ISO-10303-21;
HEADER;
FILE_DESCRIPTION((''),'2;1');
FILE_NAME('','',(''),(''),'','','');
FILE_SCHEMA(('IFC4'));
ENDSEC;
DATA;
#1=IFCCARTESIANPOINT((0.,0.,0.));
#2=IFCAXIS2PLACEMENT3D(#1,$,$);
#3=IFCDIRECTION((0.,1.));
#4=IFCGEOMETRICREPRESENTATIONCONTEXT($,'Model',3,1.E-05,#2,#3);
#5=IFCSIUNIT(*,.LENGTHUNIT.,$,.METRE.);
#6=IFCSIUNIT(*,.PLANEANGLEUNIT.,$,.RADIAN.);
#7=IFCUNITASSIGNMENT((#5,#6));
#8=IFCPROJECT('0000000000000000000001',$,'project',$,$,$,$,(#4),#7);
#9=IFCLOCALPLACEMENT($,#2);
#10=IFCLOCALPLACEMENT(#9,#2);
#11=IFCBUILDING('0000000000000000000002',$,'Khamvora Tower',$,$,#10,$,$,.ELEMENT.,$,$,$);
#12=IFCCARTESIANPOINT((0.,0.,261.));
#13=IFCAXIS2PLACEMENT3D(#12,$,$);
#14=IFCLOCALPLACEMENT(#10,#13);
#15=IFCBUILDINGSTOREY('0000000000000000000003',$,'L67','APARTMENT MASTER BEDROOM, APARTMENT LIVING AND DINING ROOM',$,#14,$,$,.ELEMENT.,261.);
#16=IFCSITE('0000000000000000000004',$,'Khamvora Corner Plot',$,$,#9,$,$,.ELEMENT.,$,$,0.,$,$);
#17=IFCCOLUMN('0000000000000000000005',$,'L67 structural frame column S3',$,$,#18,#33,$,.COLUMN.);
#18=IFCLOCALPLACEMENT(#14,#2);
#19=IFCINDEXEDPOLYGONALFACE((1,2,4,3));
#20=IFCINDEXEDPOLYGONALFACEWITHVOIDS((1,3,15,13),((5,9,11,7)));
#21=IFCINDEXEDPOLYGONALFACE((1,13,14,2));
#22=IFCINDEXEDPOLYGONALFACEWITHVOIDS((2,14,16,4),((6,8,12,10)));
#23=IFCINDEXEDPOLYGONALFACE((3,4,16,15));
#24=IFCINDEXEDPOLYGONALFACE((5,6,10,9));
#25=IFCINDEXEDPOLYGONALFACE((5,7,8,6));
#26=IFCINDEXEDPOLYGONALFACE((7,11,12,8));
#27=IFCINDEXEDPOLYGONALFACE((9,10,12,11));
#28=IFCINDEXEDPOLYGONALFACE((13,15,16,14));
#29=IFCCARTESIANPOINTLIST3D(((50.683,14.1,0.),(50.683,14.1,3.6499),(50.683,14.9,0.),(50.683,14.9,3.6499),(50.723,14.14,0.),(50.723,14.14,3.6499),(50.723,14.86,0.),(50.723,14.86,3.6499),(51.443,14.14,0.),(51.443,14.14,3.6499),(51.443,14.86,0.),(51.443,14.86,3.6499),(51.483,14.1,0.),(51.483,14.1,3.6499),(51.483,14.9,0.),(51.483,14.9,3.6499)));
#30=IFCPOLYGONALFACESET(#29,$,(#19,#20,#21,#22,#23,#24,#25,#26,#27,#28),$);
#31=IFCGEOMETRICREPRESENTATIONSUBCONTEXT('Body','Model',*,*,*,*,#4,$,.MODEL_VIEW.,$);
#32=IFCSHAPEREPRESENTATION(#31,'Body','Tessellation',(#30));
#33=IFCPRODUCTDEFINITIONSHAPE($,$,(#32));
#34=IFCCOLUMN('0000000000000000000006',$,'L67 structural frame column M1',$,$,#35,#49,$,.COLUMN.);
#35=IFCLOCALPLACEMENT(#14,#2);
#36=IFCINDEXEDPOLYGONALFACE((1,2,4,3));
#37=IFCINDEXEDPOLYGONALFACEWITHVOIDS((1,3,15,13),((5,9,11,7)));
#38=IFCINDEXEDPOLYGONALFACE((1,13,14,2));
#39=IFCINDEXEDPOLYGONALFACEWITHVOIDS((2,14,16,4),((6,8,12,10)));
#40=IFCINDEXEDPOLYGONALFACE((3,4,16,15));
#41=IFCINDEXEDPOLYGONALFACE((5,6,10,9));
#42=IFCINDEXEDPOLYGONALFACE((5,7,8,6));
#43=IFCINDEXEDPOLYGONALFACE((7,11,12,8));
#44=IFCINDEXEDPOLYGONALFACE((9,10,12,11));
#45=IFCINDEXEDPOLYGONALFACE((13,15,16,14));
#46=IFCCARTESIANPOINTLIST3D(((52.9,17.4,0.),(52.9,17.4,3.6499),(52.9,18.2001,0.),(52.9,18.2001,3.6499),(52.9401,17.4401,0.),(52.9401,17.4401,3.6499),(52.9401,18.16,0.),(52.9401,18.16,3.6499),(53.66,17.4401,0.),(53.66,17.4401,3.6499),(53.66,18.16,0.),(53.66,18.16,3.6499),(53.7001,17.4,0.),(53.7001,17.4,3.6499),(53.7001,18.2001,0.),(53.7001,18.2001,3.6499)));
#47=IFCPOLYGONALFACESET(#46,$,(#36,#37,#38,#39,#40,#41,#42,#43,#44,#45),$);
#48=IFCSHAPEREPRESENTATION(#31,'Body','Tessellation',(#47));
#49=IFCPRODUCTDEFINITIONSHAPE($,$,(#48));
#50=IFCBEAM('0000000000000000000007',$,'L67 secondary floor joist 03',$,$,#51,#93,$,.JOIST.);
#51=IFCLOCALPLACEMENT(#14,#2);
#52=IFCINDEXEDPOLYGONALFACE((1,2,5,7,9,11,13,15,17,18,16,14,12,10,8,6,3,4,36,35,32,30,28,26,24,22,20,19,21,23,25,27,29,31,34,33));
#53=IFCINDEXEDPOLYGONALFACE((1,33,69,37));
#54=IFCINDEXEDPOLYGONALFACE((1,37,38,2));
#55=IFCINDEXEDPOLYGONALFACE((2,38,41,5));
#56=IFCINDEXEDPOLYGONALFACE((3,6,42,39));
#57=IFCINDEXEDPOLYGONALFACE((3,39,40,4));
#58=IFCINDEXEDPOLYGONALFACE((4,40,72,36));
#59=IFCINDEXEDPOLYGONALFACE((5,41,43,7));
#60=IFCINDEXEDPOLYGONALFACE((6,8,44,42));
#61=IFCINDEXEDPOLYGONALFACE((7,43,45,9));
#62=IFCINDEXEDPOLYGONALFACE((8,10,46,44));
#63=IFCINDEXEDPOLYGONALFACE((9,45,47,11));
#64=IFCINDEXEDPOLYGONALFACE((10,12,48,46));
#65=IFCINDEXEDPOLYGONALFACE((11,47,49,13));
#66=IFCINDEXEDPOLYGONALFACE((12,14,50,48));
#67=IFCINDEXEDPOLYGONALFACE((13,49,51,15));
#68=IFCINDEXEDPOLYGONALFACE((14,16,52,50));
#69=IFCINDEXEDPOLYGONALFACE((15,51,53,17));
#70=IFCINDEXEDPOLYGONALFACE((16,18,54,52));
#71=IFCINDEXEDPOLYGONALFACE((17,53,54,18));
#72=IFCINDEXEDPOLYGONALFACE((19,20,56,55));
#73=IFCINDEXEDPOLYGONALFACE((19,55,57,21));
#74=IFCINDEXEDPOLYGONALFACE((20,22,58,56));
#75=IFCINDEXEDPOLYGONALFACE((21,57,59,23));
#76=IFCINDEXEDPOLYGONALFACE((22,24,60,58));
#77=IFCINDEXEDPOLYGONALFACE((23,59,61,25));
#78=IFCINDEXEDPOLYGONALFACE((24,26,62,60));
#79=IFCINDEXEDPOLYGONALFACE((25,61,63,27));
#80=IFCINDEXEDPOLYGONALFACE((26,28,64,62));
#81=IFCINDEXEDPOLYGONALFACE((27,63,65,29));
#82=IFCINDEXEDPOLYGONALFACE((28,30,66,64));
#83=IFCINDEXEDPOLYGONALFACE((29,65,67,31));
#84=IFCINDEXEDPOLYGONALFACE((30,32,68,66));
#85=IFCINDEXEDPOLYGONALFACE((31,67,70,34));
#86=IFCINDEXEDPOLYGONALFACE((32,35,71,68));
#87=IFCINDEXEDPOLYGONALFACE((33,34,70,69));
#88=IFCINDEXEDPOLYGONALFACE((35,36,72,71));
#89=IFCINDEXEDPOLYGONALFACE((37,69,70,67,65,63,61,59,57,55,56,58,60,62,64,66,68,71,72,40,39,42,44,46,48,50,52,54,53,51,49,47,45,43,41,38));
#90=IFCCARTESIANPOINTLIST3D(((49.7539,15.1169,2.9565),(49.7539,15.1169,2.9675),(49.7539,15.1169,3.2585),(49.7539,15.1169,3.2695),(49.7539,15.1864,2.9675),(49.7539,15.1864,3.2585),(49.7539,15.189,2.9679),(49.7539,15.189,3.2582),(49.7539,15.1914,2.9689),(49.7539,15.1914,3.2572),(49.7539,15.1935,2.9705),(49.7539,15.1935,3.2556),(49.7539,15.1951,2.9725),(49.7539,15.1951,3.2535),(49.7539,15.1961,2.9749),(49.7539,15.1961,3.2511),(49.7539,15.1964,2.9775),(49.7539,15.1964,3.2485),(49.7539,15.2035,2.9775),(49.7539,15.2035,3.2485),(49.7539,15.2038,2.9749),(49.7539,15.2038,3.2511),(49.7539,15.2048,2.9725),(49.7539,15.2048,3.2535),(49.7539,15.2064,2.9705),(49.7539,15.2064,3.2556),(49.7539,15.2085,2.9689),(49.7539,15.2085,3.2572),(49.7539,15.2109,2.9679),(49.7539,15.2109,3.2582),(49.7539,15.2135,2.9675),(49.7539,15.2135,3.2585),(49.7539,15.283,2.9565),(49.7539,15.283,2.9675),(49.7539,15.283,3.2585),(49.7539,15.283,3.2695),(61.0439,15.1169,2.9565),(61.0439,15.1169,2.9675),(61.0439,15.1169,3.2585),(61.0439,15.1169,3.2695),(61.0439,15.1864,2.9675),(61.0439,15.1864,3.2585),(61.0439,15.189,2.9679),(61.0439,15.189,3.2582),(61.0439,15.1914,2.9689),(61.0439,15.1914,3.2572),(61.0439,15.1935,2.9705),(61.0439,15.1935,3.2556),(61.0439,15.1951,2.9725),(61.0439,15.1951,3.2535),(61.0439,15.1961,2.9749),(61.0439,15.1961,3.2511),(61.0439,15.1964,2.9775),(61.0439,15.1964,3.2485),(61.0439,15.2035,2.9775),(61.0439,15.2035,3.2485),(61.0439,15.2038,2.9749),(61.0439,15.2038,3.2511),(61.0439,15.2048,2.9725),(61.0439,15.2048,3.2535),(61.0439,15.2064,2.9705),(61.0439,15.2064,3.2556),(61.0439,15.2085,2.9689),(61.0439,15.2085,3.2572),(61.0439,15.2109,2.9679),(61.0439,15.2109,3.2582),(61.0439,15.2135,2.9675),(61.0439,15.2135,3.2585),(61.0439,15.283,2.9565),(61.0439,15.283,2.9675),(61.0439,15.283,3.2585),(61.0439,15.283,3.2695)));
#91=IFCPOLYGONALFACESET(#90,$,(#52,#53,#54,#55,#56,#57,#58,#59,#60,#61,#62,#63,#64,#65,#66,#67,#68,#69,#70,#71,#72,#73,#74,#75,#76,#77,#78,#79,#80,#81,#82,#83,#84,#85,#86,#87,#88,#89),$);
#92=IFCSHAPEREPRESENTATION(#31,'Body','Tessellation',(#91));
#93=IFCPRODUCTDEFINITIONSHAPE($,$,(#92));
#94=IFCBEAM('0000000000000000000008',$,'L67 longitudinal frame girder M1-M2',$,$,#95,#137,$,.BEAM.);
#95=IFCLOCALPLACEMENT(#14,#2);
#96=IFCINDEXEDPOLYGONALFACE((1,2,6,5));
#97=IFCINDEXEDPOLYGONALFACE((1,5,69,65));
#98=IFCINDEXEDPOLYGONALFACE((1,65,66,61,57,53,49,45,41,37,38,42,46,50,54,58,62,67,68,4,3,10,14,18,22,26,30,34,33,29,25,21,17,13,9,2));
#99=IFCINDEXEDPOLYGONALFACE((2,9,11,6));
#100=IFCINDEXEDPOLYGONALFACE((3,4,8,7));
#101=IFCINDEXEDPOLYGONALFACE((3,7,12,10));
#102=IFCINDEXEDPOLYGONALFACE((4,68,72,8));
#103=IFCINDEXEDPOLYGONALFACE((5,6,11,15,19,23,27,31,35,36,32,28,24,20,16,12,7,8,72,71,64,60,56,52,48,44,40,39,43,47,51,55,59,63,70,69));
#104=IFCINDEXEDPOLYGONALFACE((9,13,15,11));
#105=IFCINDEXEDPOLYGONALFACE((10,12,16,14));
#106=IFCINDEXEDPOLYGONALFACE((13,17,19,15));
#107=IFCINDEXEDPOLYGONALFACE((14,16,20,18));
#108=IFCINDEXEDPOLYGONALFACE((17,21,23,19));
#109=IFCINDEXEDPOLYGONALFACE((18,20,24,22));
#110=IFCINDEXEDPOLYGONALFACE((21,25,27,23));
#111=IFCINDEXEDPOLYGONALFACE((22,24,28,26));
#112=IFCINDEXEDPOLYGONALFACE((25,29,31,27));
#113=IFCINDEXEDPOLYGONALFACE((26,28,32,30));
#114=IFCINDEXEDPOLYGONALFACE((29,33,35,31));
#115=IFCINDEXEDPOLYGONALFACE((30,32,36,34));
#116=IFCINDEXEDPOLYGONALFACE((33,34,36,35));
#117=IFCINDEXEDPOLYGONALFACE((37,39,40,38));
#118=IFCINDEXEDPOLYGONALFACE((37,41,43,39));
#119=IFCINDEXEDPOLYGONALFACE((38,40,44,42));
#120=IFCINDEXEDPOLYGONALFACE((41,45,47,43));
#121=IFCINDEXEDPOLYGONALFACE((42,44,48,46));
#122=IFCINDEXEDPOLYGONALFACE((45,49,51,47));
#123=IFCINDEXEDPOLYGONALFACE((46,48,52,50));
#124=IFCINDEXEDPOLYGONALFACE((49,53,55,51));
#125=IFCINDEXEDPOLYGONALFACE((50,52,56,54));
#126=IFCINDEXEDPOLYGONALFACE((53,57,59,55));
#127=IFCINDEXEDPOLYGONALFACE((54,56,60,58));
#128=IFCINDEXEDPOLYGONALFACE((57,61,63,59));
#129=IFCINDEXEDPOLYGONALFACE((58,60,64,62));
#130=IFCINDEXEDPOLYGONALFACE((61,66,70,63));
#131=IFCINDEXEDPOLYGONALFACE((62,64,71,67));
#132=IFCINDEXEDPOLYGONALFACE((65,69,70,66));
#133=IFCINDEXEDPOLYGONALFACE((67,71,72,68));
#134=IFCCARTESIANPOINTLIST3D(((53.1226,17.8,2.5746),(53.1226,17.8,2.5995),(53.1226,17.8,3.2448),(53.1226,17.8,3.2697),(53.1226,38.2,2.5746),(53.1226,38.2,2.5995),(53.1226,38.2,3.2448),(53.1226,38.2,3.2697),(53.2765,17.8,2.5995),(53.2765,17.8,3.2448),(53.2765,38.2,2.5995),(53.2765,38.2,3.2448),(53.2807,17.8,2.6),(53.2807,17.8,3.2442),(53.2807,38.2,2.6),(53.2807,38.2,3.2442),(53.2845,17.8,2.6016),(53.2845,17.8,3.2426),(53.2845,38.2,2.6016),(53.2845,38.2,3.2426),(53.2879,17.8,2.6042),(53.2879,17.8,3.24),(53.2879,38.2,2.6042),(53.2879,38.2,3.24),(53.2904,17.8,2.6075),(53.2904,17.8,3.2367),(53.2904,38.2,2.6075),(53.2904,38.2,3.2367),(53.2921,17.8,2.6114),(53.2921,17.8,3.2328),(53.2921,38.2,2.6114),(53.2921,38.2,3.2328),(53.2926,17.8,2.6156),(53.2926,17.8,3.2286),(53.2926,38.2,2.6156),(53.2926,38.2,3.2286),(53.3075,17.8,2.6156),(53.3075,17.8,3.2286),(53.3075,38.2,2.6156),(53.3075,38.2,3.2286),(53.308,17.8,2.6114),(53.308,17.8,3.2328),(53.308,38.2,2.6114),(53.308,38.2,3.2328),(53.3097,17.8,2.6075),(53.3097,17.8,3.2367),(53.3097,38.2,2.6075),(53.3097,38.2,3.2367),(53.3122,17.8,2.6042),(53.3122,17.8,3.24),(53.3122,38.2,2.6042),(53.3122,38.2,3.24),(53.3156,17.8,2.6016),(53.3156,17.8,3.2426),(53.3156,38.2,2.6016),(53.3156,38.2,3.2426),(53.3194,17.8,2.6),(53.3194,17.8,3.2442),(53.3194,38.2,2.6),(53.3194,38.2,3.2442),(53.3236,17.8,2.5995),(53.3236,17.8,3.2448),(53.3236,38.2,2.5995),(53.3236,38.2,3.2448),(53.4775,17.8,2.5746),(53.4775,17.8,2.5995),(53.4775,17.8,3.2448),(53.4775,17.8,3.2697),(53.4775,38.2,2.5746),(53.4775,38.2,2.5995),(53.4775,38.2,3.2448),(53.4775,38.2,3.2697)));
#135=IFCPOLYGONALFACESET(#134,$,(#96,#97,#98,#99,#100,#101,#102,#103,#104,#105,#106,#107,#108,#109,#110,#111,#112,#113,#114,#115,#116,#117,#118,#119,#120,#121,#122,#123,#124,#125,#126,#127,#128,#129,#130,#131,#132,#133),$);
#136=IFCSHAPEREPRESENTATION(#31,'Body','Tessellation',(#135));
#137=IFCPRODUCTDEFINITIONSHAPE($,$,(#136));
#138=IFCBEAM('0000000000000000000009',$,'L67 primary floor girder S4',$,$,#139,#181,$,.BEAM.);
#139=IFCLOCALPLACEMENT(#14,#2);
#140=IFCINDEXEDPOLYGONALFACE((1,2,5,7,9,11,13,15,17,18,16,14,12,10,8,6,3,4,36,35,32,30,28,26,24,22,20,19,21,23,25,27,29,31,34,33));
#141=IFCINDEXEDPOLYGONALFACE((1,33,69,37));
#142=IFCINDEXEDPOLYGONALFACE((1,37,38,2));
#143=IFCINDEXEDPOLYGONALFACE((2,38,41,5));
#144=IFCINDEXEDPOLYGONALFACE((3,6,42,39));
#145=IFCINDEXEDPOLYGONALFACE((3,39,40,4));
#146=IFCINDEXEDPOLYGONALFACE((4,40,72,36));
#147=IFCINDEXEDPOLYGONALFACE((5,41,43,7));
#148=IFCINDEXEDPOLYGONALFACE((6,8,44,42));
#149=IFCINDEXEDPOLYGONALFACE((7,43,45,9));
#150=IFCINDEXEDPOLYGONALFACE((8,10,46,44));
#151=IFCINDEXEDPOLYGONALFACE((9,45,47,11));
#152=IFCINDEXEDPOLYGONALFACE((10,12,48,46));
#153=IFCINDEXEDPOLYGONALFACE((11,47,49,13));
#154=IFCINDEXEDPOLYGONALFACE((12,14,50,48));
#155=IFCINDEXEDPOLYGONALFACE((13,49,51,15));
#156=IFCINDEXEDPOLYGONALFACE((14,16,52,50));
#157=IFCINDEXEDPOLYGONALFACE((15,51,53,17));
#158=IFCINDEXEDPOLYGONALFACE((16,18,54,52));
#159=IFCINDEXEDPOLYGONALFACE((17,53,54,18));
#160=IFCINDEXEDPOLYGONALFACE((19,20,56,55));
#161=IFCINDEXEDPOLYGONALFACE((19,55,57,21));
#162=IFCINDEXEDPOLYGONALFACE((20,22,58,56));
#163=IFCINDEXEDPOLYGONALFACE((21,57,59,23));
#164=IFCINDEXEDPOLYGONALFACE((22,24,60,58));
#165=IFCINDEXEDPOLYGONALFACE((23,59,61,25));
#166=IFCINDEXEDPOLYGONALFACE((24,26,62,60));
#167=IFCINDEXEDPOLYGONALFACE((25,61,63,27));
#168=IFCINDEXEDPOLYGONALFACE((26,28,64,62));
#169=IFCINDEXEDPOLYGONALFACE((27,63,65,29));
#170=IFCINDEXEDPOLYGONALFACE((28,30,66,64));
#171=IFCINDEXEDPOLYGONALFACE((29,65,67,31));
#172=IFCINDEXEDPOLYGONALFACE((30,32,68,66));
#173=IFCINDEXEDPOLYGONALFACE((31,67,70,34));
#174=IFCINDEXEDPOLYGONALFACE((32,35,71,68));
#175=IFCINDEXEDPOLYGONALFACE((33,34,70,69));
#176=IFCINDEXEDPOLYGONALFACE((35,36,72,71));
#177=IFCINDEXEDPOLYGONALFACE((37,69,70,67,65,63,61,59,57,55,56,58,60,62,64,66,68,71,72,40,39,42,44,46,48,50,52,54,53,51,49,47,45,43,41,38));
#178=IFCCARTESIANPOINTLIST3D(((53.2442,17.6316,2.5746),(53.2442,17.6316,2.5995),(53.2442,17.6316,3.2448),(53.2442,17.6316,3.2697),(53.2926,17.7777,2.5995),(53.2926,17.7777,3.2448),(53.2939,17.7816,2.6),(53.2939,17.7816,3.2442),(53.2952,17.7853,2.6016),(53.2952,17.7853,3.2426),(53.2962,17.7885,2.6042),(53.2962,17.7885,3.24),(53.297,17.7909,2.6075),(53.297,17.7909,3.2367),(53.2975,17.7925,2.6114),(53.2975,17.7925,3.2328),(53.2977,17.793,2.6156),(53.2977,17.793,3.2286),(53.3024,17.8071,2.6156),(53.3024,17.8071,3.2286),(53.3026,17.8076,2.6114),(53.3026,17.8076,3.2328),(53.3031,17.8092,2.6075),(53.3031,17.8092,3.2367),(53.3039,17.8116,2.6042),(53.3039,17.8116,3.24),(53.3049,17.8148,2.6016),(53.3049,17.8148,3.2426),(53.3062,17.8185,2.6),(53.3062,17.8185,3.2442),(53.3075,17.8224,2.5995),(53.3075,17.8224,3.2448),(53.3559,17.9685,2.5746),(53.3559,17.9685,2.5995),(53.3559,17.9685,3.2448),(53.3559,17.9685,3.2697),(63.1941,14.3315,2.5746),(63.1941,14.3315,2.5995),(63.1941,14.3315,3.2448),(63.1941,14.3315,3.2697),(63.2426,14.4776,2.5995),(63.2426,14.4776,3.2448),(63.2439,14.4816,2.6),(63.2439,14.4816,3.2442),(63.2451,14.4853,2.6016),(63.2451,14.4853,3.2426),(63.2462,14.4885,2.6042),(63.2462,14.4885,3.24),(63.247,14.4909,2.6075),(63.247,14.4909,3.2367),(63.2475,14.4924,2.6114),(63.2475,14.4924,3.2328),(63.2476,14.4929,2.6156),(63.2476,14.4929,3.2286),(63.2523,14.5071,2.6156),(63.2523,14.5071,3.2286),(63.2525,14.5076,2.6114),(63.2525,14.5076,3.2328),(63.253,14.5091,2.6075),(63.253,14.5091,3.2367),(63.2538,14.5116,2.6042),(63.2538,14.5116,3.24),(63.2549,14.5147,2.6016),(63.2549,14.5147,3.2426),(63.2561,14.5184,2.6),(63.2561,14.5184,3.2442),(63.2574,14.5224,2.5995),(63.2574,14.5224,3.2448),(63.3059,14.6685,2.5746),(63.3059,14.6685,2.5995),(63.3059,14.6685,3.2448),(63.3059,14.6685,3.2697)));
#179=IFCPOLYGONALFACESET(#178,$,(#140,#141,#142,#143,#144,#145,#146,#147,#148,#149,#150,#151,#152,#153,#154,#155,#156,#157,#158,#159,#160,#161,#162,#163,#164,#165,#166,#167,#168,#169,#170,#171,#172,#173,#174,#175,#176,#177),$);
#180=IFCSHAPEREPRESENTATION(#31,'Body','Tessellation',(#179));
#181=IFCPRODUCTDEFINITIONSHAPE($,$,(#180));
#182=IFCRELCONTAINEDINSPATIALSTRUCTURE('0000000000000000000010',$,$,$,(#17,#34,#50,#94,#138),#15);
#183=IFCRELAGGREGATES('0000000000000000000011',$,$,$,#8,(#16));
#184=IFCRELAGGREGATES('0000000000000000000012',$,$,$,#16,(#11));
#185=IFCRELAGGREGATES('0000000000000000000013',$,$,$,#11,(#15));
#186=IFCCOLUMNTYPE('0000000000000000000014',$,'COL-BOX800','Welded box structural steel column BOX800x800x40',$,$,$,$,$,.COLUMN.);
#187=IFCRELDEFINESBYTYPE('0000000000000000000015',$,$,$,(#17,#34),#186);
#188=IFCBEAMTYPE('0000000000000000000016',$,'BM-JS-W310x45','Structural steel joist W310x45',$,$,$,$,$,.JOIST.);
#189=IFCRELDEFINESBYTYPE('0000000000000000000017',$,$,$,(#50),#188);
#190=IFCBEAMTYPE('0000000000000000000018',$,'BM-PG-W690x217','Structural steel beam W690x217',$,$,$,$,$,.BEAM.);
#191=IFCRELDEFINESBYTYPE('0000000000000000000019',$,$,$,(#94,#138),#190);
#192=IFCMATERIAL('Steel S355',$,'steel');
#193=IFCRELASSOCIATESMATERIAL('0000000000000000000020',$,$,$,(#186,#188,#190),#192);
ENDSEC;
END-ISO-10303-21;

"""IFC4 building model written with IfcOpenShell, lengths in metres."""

from ifc_helpers import new_model, si_unit, direction, frame, origin, origin_2d, place, context, subcontext, project, spatial, hollow_rectangle, i_section, extrude, material, material_profile, profile_set, type_object, element, save


model = new_model("IFC4")

# Units and contexts
model_context = context("Model", 3, precision=1e-05, world=origin(), true_north=direction((0.0, 1.0)))
body_context = subcontext(model_context, "Body", "Model", "MODEL_VIEW")
ifc_project = project(units=[si_unit("LENGTHUNIT", "METRE"), si_unit("PLANEANGLEUNIT", "RADIAN")], contexts=[model_context])

# Site, building, storey
site_placement = place(None, origin())
site = spatial("IfcSite", under=ifc_project, at=site_placement, Name="Khamvora Corner Plot", CompositionType="ELEMENT", RefElevation=0.0)
building_placement = place(site_placement, origin())
building = spatial("IfcBuilding", under=site, at=building_placement, Name="Khamvora Tower", CompositionType="ELEMENT")
storey_placement = place(building_placement, frame((0.0, 0.0, 261.0)))
storey = spatial("IfcBuildingStorey", under=building, at=storey_placement, Name="L67", Description="APARTMENT MASTER BEDROOM, APARTMENT LIVING AND DINING ROOM", CompositionType="ELEMENT", Elevation=261.0)

# Columns
ifc_material_1 = material(Name="Steel S355", Category="steel")
ifc_material_profile_1 = material_profile(ifc_material_1, hollow_rectangle(XDim=0.8, YDim=0.8, WallThickness=0.04, at=origin_2d()), Name="BOX800x800x40")
ifc_profile_set_1 = profile_set([ifc_material_profile_1], Name="Steel S355")
column_type = type_object("IfcColumnType", Name="COL-BOX800", Description="Welded box structural steel column BOX800x800x40", PredefinedType="COLUMN", material=ifc_profile_set_1)
for number, where, z_axis, x_axis, name in (
    (1, (51.083, 14.5, 0.0), (0.0, 0.0, 1.0), (1.0, 0.0, 0.0), "L67 structural frame column S3"),
    (2, (53.3, 17.8, 0.0), (0.0, 0.0, 1.0), (1.0, 0.0, 0.0), "L67 structural frame column M1"),
):
    element("IfcColumn", number, at=place(storey_placement, frame(where, z_axis=z_axis, x_axis=x_axis)), inside=storey, type_object=column_type, Name=name, PredefinedType="COLUMN", context=body_context, shape_type="SweptSolid", body=[
        extrude(hollow_rectangle(XDim=0.8, YDim=0.8, WallThickness=0.04, at=origin_2d()), origin(), (0.0, 0.0, 1.0), 3.6499),
    ])

# Beams
ifc_material_profile_2 = material_profile(ifc_material_1, i_section(OverallWidth=0.166, OverallDepth=0.313, WebThickness=0.0071, FlangeThickness=0.011, FilletRadius=0.01, at=origin_2d()), Name="W310x45")
ifc_profile_set_2 = profile_set([ifc_material_profile_2], Name="Steel S355")
beam_type_1 = type_object("IfcBeamType", Name="BM-JS-W310x45", Description="Structural steel joist W310x45", PredefinedType="JOIST", material=ifc_profile_set_2)
beam_1_placement = place(storey_placement, frame((49.7539, 15.2, 3.113), z_axis=(1.0, 0.0, 0.0), x_axis=(0.0, 1.0, 0.0)))
element("IfcBeam", 3, at=beam_1_placement, inside=storey, type_object=beam_type_1, Name="L67 secondary floor joist 03", PredefinedType="JOIST", context=body_context, shape_type="SweptSolid", body=[
    extrude(i_section(OverallWidth=0.166, OverallDepth=0.313, WebThickness=0.0071, FlangeThickness=0.011, FilletRadius=0.01, at=origin_2d()), origin(), (0.0, 0.0, 1.0), 11.29),
])
ifc_material_profile_3 = material_profile(ifc_material_1, i_section(OverallWidth=0.355, OverallDepth=0.6951, WebThickness=0.0149, FlangeThickness=0.0249, FilletRadius=0.0161, at=origin_2d()), Name="W690x217")
ifc_profile_set_3 = profile_set([ifc_material_profile_3], Name="Steel S355")
beam_type_2 = type_object("IfcBeamType", Name="BM-PG-W690x217", Description="Structural steel beam W690x217", PredefinedType="BEAM", material=ifc_profile_set_3)
beam_2_placement = place(storey_placement, frame((53.3, 17.8, 2.9221), z_axis=(0.0, 1.0, 0.0), x_axis=(-1.0, 0.0, 0.0)))
element("IfcBeam", 4, at=beam_2_placement, inside=storey, type_object=beam_type_2, Name="L67 longitudinal frame girder M1-M2", PredefinedType="BEAM", context=body_context, shape_type="SweptSolid", body=[
    extrude(i_section(OverallWidth=0.355, OverallDepth=0.6951, WebThickness=0.0149, FlangeThickness=0.0249, FilletRadius=0.0161, at=origin_2d()), origin(), (0.0, 0.0, 1.0), 20.3999),
])
beam_3_placement = place(storey_placement, frame((53.3, 17.8, 2.9221), z_axis=(0.949157, -0.314802, 0.0), x_axis=(0.314802, 0.949157, 0.0)))
element("IfcBeam", 5, at=beam_3_placement, inside=storey, type_object=beam_type_2, Name="L67 primary floor girder S4", PredefinedType="BEAM", context=body_context, shape_type="SweptSolid", body=[
    extrude(i_section(OverallWidth=0.355, OverallDepth=0.6951, WebThickness=0.0149, FlangeThickness=0.0249, FilletRadius=0.0161, at=origin_2d()), origin(), (0.0, 0.0, 1.0), 10.4829),
])

save(model, "model.ifc")
